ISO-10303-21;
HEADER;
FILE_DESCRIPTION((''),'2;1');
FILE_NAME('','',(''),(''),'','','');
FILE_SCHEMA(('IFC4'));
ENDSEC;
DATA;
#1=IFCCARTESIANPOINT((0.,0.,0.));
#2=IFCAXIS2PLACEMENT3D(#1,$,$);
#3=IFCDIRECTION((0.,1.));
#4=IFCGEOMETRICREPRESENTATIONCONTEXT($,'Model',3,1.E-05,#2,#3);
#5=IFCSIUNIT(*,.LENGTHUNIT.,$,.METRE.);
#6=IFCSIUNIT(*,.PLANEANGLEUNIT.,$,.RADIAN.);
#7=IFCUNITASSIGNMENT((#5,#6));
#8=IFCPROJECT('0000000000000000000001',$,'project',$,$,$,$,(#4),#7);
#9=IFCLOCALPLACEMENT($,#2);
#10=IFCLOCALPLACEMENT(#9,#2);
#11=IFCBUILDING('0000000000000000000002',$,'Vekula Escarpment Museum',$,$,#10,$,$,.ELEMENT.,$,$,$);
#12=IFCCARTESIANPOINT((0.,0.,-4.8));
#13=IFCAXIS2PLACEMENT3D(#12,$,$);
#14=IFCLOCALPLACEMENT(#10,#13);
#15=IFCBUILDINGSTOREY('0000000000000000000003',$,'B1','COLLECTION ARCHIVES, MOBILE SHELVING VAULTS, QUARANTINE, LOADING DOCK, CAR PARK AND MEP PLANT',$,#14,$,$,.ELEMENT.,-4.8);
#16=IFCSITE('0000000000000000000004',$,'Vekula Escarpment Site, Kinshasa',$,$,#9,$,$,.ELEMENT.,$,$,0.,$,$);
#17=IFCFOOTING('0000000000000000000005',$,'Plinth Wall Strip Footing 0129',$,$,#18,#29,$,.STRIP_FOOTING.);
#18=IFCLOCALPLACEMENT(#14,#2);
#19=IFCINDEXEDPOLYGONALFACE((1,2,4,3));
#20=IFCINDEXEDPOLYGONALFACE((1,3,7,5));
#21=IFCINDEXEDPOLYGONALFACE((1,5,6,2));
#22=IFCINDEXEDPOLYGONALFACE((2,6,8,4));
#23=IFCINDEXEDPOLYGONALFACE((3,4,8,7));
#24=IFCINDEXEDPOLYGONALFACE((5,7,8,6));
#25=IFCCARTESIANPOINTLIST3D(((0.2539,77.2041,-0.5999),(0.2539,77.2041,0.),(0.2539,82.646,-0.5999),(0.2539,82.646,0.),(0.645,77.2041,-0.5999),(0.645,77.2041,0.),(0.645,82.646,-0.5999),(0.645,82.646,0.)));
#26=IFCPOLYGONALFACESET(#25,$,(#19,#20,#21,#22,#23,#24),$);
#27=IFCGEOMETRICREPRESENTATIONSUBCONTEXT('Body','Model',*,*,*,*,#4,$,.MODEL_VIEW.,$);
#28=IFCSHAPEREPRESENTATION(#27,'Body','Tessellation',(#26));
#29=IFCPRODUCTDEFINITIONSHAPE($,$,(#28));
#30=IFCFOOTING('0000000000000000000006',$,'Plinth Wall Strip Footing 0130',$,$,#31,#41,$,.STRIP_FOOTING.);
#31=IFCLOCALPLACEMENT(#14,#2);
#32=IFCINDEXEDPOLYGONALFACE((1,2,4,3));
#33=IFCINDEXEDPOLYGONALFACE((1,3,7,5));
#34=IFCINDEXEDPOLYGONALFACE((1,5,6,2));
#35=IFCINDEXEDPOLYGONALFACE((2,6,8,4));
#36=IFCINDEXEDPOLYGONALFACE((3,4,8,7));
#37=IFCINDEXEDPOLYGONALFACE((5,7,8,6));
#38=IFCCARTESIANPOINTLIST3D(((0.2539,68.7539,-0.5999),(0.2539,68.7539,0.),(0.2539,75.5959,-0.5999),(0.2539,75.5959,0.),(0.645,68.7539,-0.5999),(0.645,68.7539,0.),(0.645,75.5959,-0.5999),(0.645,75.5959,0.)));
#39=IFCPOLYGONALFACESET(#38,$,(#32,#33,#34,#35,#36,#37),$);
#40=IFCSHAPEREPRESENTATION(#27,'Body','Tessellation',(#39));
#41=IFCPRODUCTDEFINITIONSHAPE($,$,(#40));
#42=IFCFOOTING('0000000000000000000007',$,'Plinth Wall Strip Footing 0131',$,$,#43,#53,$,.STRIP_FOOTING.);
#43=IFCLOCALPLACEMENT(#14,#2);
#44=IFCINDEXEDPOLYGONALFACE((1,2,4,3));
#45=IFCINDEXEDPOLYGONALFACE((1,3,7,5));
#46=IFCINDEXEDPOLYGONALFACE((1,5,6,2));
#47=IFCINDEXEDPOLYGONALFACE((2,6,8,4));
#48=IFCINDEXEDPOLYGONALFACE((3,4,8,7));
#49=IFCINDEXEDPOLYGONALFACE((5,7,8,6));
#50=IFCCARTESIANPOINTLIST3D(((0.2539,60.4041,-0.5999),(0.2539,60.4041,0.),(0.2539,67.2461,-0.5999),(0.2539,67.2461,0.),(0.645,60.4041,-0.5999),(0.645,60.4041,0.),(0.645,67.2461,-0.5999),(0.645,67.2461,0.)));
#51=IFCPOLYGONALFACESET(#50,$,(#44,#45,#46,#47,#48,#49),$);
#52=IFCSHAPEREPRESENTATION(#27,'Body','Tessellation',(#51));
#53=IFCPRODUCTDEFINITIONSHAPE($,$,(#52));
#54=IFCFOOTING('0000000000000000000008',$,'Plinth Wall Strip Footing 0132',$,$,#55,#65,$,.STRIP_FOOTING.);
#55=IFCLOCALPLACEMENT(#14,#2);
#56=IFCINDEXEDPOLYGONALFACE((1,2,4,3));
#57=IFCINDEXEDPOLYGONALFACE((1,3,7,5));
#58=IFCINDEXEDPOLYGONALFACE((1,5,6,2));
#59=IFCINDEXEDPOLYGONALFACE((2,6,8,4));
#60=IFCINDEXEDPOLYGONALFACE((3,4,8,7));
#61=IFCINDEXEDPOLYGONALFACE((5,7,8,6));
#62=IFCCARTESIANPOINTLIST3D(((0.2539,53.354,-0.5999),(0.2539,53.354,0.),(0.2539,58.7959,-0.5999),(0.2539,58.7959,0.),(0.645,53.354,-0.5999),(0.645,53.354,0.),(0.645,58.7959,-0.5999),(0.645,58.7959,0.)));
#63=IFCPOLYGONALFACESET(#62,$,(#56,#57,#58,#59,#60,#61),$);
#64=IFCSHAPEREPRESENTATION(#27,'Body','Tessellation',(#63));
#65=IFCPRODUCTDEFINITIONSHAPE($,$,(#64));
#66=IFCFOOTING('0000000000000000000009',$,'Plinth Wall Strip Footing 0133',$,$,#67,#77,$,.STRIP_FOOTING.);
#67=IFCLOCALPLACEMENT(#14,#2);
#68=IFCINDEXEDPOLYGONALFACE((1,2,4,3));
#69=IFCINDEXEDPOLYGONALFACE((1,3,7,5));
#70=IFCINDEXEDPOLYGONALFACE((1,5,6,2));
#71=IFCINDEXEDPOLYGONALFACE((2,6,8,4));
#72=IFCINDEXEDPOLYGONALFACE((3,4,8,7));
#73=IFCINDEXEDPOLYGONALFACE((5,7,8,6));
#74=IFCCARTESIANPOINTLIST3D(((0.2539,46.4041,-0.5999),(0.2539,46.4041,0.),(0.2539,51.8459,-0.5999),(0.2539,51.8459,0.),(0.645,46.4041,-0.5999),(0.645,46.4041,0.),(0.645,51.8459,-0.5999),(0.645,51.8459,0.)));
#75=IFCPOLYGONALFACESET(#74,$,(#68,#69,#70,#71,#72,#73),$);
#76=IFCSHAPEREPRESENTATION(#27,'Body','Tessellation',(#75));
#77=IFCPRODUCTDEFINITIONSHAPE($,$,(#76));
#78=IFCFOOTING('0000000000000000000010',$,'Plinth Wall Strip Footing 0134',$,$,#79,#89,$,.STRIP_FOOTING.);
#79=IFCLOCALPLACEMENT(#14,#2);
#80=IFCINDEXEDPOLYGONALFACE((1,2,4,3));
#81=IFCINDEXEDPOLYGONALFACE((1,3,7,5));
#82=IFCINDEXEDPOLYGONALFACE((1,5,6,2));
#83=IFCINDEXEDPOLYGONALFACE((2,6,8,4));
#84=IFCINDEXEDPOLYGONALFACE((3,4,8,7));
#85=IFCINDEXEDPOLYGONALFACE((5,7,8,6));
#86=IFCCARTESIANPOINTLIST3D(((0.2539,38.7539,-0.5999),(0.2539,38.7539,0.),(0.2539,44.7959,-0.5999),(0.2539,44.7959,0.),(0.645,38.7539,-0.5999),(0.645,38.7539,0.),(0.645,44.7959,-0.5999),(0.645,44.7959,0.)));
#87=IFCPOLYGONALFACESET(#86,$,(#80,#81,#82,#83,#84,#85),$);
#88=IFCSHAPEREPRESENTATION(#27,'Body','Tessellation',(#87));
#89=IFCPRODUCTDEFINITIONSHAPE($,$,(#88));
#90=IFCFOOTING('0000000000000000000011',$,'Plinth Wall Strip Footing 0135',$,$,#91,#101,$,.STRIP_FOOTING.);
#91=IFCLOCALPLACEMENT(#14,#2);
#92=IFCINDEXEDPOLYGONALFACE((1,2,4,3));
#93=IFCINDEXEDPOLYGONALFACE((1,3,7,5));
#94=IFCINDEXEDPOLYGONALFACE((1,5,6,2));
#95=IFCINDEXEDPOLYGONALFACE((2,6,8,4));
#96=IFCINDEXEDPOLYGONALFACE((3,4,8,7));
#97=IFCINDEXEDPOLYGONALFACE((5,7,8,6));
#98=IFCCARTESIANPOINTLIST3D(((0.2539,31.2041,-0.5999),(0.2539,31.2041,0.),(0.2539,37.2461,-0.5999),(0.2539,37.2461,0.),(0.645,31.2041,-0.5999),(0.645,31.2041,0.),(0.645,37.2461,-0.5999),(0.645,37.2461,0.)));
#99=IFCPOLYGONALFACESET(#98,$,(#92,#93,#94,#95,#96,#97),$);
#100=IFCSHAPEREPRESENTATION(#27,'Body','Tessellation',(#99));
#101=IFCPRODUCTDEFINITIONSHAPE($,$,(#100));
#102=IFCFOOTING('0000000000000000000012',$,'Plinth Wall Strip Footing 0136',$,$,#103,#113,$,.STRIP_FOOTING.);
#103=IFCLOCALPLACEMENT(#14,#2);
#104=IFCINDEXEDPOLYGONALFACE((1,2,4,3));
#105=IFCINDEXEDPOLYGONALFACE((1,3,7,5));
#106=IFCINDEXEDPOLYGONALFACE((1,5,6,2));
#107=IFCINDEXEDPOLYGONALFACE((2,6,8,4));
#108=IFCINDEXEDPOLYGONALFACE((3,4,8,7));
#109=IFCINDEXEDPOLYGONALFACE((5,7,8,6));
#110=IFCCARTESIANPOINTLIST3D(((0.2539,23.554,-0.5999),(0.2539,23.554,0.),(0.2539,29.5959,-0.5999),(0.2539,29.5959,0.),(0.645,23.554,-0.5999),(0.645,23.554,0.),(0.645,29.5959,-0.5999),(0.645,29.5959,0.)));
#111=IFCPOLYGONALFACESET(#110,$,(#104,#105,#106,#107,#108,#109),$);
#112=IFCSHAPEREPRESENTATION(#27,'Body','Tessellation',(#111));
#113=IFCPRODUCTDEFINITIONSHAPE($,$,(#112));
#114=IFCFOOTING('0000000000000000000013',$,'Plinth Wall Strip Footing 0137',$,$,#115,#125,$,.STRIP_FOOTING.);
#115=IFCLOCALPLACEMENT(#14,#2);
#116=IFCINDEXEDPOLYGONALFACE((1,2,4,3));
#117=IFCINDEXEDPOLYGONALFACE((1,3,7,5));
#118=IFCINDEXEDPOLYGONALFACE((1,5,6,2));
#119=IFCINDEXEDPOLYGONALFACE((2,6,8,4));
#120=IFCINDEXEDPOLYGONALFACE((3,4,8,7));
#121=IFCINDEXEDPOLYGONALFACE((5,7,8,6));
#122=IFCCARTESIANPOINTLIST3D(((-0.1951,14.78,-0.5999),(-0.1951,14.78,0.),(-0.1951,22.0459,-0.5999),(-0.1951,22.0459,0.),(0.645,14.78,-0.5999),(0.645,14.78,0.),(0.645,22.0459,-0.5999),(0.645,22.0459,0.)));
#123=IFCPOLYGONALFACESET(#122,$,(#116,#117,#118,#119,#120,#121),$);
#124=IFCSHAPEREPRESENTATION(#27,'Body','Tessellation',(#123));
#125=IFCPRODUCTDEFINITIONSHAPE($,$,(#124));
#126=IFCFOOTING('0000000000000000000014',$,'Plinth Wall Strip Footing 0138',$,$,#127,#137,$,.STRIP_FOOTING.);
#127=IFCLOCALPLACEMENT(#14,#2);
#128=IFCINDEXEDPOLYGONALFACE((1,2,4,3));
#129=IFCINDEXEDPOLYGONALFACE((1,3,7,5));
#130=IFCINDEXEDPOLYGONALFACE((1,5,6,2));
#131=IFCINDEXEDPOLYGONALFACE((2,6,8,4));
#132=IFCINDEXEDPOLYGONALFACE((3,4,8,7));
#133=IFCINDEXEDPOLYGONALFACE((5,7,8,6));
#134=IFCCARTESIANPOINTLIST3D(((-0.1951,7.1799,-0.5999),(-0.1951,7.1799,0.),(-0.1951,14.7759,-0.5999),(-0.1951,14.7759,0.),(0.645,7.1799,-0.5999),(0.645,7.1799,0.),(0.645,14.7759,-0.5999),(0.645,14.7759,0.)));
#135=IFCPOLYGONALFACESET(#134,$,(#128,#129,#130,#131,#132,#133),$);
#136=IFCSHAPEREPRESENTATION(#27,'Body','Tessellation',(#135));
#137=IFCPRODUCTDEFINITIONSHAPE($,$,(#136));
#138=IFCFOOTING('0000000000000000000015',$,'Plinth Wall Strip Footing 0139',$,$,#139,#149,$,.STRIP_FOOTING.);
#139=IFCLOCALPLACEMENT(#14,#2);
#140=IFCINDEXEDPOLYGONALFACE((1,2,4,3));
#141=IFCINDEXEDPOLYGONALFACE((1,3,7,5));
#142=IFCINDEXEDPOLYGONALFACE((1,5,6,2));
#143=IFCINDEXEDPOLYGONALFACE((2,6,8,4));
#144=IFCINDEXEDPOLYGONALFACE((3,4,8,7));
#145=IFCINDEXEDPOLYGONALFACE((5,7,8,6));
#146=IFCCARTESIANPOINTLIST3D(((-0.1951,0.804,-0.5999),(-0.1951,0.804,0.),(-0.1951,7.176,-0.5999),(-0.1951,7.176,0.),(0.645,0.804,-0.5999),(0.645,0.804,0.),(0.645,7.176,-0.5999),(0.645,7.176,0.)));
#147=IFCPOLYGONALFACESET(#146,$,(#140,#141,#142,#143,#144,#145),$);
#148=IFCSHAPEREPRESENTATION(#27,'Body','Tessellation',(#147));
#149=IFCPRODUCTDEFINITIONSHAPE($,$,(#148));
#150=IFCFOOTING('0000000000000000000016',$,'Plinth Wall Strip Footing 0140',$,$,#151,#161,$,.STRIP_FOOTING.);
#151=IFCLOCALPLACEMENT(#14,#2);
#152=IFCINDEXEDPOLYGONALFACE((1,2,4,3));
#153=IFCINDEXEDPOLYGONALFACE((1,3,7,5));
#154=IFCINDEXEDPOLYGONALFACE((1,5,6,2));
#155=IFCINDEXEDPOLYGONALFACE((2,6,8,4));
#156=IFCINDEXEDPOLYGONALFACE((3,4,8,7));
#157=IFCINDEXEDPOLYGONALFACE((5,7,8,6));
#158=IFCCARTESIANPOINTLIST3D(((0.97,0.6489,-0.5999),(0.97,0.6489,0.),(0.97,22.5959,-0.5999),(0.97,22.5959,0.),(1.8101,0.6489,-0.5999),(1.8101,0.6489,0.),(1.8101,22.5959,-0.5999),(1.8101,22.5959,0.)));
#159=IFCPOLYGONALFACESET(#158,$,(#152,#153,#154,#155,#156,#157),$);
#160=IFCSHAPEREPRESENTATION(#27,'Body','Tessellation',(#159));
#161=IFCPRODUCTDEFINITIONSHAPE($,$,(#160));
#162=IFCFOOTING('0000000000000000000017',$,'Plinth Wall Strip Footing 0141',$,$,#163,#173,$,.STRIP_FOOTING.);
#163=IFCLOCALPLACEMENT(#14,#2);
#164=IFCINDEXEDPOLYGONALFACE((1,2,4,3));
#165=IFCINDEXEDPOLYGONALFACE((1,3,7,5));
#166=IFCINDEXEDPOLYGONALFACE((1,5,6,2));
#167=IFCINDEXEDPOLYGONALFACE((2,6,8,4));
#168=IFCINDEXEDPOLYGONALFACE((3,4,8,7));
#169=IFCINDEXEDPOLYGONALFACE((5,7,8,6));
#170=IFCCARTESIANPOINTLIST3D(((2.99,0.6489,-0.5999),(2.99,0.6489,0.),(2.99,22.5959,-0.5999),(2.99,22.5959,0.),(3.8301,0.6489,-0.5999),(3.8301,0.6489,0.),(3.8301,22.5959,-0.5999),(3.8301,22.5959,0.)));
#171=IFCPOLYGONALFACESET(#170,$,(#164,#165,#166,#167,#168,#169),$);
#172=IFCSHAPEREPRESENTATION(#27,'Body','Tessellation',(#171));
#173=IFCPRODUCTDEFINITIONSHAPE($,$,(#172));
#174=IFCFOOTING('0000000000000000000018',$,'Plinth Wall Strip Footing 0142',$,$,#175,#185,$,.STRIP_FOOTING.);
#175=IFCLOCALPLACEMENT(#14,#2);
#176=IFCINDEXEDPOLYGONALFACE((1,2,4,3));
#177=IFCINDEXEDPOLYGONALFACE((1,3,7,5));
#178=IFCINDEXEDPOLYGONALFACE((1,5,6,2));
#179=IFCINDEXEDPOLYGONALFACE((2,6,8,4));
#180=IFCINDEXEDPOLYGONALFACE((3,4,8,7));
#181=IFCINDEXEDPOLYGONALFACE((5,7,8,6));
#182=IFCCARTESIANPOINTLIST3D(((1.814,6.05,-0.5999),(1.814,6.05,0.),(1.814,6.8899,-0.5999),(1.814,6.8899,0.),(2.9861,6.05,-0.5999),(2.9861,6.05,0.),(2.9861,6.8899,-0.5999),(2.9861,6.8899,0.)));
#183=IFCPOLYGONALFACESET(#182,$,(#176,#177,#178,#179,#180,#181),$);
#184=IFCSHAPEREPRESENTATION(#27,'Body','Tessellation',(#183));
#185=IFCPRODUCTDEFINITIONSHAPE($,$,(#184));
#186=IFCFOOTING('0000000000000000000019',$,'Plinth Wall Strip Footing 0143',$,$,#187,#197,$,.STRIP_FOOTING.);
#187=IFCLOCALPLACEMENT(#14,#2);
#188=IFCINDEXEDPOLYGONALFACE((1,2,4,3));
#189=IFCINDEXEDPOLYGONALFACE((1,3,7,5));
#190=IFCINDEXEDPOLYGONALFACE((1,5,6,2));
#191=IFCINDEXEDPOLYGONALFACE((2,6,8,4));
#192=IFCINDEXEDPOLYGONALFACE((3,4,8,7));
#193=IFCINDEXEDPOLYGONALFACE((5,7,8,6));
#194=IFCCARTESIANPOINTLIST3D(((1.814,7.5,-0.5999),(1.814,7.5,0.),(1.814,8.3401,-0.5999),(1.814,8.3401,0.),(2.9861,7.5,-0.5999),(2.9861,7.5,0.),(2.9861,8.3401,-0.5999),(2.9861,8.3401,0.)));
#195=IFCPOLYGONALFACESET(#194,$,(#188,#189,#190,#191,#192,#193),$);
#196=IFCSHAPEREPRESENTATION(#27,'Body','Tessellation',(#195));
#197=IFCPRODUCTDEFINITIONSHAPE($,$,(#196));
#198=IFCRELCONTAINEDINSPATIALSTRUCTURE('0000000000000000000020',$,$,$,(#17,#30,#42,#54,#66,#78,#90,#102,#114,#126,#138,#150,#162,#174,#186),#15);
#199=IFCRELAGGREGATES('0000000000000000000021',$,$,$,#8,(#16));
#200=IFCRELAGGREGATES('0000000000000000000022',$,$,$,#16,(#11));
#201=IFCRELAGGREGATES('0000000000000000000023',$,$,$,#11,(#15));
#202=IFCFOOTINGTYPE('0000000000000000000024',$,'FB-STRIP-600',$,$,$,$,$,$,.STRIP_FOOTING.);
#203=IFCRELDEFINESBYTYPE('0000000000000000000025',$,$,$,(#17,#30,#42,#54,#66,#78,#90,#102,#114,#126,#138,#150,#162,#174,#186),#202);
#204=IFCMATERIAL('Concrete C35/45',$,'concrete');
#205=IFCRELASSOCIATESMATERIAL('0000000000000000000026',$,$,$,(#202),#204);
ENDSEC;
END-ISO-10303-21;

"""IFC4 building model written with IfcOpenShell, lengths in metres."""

from ifc_helpers import new_model, si_unit, direction, frame, origin, place, context, subcontext, project, spatial, polyline, outline, extrude, material, type_object, element, save


model = new_model("IFC4")

# Units and contexts
model_context = context("Model", 3, precision=1e-05, world=origin(), true_north=direction((0.0, 1.0)))
body_context = subcontext(model_context, "Body", "Model", "MODEL_VIEW")
ifc_project = project(units=[si_unit("LENGTHUNIT", "METRE"), si_unit("PLANEANGLEUNIT", "RADIAN")], contexts=[model_context])

# Site, building, storey
site_placement = place(None, origin())
site = spatial("IfcSite", under=ifc_project, at=site_placement, Name="Vekula Escarpment Site, Kinshasa", CompositionType="ELEMENT", RefElevation=0.0)
building_placement = place(site_placement, origin())
building = spatial("IfcBuilding", under=site, at=building_placement, Name="Vekula Escarpment Museum", CompositionType="ELEMENT")
storey_placement = place(building_placement, frame((0.0, 0.0, -4.8)))
storey = spatial("IfcBuildingStorey", under=building, at=storey_placement, Name="B1", Description="COLLECTION ARCHIVES, MOBILE SHELVING VAULTS, QUARANTINE, LOADING DOCK, CAR PARK AND MEP PLANT", CompositionType="ELEMENT", Elevation=-4.8)

# Footings
ifc_material = material(Name="Concrete C35/45", Category="concrete")
footing_type = type_object("IfcFootingType", Name="FB-STRIP-600", PredefinedType="STRIP_FOOTING", material=ifc_material)
footing_1_placement = place(storey_placement, frame((0.0, 0.0, -0.5999)))
element("IfcFooting", 1, at=footing_1_placement, inside=storey, type_object=footing_type, Name="Plinth Wall Strip Footing 0129", PredefinedType="STRIP_FOOTING", context=body_context, shape_type="SweptSolid", body=[
    extrude(outline(polyline([(0.645, 77.2041), (0.2539, 77.2041), (0.2539, 82.646), (0.645, 82.646), (0.645, 77.2041)])), origin(), (0.0, 0.0, 1.0), 0.5999),
])
footing_2_placement = place(storey_placement, frame((0.0, 0.0, -0.5999)))
element("IfcFooting", 2, at=footing_2_placement, inside=storey, type_object=footing_type, Name="Plinth Wall Strip Footing 0130", PredefinedType="STRIP_FOOTING", context=body_context, shape_type="SweptSolid", body=[
    extrude(outline(polyline([(0.645, 68.7539), (0.2539, 68.7539), (0.2539, 75.5959), (0.645, 75.5959), (0.645, 68.7539)])), origin(), (0.0, 0.0, 1.0), 0.5999),
])
footing_3_placement = place(storey_placement, frame((0.0, 0.0, -0.5999)))
element("IfcFooting", 3, at=footing_3_placement, inside=storey, type_object=footing_type, Name="Plinth Wall Strip Footing 0131", PredefinedType="STRIP_FOOTING", context=body_context, shape_type="SweptSolid", body=[
    extrude(outline(polyline([(0.645, 60.4041), (0.2539, 60.4041), (0.2539, 67.2461), (0.645, 67.2461), (0.645, 60.4041)])), origin(), (0.0, 0.0, 1.0), 0.5999),
])
footing_4_placement = place(storey_placement, frame((0.0, 0.0, -0.5999)))
element("IfcFooting", 4, at=footing_4_placement, inside=storey, type_object=footing_type, Name="Plinth Wall Strip Footing 0132", PredefinedType="STRIP_FOOTING", context=body_context, shape_type="SweptSolid", body=[
    extrude(outline(polyline([(0.645, 53.354), (0.2539, 53.354), (0.2539, 58.7959), (0.645, 58.7959), (0.645, 53.354)])), origin(), (0.0, 0.0, 1.0), 0.5999),
])
footing_5_placement = place(storey_placement, frame((0.0, 0.0, -0.5999)))
element("IfcFooting", 5, at=footing_5_placement, inside=storey, type_object=footing_type, Name="Plinth Wall Strip Footing 0133", PredefinedType="STRIP_FOOTING", context=body_context, shape_type="SweptSolid", body=[
    extrude(outline(polyline([(0.645, 46.4041), (0.2539, 46.4041), (0.2539, 51.8459), (0.645, 51.8459), (0.645, 46.4041)])), origin(), (0.0, 0.0, 1.0), 0.5999),
])
footing_6_placement = place(storey_placement, frame((0.0, 0.0, -0.5999)))
element("IfcFooting", 6, at=footing_6_placement, inside=storey, type_object=footing_type, Name="Plinth Wall Strip Footing 0134", PredefinedType="STRIP_FOOTING", context=body_context, shape_type="SweptSolid", body=[
    extrude(outline(polyline([(0.645, 38.7539), (0.2539, 38.7539), (0.2539, 44.7959), (0.645, 44.7959), (0.645, 38.7539)])), origin(), (0.0, 0.0, 1.0), 0.5999),
])
footing_7_placement = place(storey_placement, frame((0.0, 0.0, -0.5999)))
element("IfcFooting", 7, at=footing_7_placement, inside=storey, type_object=footing_type, Name="Plinth Wall Strip Footing 0135", PredefinedType="STRIP_FOOTING", context=body_context, shape_type="SweptSolid", body=[
    extrude(outline(polyline([(0.645, 31.2041), (0.2539, 31.2041), (0.2539, 37.2461), (0.645, 37.2461), (0.645, 31.2041)])), origin(), (0.0, 0.0, 1.0), 0.5999),
])
footing_8_placement = place(storey_placement, frame((0.0, 0.0, -0.5999)))
element("IfcFooting", 8, at=footing_8_placement, inside=storey, type_object=footing_type, Name="Plinth Wall Strip Footing 0136", PredefinedType="STRIP_FOOTING", context=body_context, shape_type="SweptSolid", body=[
    extrude(outline(polyline([(0.645, 23.554), (0.2539, 23.554), (0.2539, 29.5959), (0.645, 29.5959), (0.645, 23.554)])), origin(), (0.0, 0.0, 1.0), 0.5999),
])
footing_9_placement = place(storey_placement, frame((0.0, 0.0, -0.5999)))
element("IfcFooting", 9, at=footing_9_placement, inside=storey, type_object=footing_type, Name="Plinth Wall Strip Footing 0137", PredefinedType="STRIP_FOOTING", context=body_context, shape_type="SweptSolid", body=[
    extrude(outline(polyline([(0.645, 14.78), (-0.1951, 14.78), (-0.1951, 22.0459), (0.645, 22.0459), (0.645, 14.78)])), origin(), (0.0, 0.0, 1.0), 0.5999),
])
footing_10_placement = place(storey_placement, frame((0.0, 0.0, -0.5999)))
element("IfcFooting", 10, at=footing_10_placement, inside=storey, type_object=footing_type, Name="Plinth Wall Strip Footing 0138", PredefinedType="STRIP_FOOTING", context=body_context, shape_type="SweptSolid", body=[
    extrude(outline(polyline([(0.645, 7.1799), (-0.1951, 7.1799), (-0.1951, 14.7759), (0.645, 14.7759), (0.645, 7.1799)])), origin(), (0.0, 0.0, 1.0), 0.5999),
])
footing_11_placement = place(storey_placement, frame((0.0, 0.0, -0.5999)))
element("IfcFooting", 11, at=footing_11_placement, inside=storey, type_object=footing_type, Name="Plinth Wall Strip Footing 0139", PredefinedType="STRIP_FOOTING", context=body_context, shape_type="SweptSolid", body=[
    extrude(outline(polyline([(0.645, 0.804), (-0.1951, 0.804), (-0.1951, 7.176), (0.645, 7.176), (0.645, 0.804)])), origin(), (0.0, 0.0, 1.0), 0.5999),
])
footing_12_placement = place(storey_placement, frame((0.0, 0.0, -0.5999)))
element("IfcFooting", 12, at=footing_12_placement, inside=storey, type_object=footing_type, Name="Plinth Wall Strip Footing 0140", PredefinedType="STRIP_FOOTING", context=body_context, shape_type="SweptSolid", body=[
    extrude(outline(polyline([(1.8101, 0.6489), (0.97, 0.6489), (0.97, 22.5959), (1.8101, 22.5959), (1.8101, 0.6489)])), origin(), (0.0, 0.0, 1.0), 0.5999),
])
footing_13_placement = place(storey_placement, frame((0.0, 0.0, -0.5999)))
element("IfcFooting", 13, at=footing_13_placement, inside=storey, type_object=footing_type, Name="Plinth Wall Strip Footing 0141", PredefinedType="STRIP_FOOTING", context=body_context, shape_type="SweptSolid", body=[
    extrude(outline(polyline([(3.8301, 0.6489), (2.99, 0.6489), (2.99, 22.5959), (3.8301, 22.5959), (3.8301, 0.6489)])), origin(), (0.0, 0.0, 1.0), 0.5999),
])
footing_14_placement = place(storey_placement, frame((0.0, 0.0, -0.5999)))
element("IfcFooting", 14, at=footing_14_placement, inside=storey, type_object=footing_type, Name="Plinth Wall Strip Footing 0142", PredefinedType="STRIP_FOOTING", context=body_context, shape_type="SweptSolid", body=[
    extrude(outline(polyline([(1.814, 6.05), (1.814, 6.8899), (2.9861, 6.8899), (2.9861, 6.05), (1.814, 6.05)])), origin(), (0.0, 0.0, 1.0), 0.5999),
])
footing_15_placement = place(storey_placement, frame((0.0, 0.0, -0.5999)))
element("IfcFooting", 15, at=footing_15_placement, inside=storey, type_object=footing_type, Name="Plinth Wall Strip Footing 0143", PredefinedType="STRIP_FOOTING", context=body_context, shape_type="SweptSolid", body=[
    extrude(outline(polyline([(1.814, 7.5), (1.814, 8.3401), (2.9861, 8.3401), (2.9861, 7.5), (1.814, 7.5)])), origin(), (0.0, 0.0, 1.0), 0.5999),
])

save(model, "model.ifc")
